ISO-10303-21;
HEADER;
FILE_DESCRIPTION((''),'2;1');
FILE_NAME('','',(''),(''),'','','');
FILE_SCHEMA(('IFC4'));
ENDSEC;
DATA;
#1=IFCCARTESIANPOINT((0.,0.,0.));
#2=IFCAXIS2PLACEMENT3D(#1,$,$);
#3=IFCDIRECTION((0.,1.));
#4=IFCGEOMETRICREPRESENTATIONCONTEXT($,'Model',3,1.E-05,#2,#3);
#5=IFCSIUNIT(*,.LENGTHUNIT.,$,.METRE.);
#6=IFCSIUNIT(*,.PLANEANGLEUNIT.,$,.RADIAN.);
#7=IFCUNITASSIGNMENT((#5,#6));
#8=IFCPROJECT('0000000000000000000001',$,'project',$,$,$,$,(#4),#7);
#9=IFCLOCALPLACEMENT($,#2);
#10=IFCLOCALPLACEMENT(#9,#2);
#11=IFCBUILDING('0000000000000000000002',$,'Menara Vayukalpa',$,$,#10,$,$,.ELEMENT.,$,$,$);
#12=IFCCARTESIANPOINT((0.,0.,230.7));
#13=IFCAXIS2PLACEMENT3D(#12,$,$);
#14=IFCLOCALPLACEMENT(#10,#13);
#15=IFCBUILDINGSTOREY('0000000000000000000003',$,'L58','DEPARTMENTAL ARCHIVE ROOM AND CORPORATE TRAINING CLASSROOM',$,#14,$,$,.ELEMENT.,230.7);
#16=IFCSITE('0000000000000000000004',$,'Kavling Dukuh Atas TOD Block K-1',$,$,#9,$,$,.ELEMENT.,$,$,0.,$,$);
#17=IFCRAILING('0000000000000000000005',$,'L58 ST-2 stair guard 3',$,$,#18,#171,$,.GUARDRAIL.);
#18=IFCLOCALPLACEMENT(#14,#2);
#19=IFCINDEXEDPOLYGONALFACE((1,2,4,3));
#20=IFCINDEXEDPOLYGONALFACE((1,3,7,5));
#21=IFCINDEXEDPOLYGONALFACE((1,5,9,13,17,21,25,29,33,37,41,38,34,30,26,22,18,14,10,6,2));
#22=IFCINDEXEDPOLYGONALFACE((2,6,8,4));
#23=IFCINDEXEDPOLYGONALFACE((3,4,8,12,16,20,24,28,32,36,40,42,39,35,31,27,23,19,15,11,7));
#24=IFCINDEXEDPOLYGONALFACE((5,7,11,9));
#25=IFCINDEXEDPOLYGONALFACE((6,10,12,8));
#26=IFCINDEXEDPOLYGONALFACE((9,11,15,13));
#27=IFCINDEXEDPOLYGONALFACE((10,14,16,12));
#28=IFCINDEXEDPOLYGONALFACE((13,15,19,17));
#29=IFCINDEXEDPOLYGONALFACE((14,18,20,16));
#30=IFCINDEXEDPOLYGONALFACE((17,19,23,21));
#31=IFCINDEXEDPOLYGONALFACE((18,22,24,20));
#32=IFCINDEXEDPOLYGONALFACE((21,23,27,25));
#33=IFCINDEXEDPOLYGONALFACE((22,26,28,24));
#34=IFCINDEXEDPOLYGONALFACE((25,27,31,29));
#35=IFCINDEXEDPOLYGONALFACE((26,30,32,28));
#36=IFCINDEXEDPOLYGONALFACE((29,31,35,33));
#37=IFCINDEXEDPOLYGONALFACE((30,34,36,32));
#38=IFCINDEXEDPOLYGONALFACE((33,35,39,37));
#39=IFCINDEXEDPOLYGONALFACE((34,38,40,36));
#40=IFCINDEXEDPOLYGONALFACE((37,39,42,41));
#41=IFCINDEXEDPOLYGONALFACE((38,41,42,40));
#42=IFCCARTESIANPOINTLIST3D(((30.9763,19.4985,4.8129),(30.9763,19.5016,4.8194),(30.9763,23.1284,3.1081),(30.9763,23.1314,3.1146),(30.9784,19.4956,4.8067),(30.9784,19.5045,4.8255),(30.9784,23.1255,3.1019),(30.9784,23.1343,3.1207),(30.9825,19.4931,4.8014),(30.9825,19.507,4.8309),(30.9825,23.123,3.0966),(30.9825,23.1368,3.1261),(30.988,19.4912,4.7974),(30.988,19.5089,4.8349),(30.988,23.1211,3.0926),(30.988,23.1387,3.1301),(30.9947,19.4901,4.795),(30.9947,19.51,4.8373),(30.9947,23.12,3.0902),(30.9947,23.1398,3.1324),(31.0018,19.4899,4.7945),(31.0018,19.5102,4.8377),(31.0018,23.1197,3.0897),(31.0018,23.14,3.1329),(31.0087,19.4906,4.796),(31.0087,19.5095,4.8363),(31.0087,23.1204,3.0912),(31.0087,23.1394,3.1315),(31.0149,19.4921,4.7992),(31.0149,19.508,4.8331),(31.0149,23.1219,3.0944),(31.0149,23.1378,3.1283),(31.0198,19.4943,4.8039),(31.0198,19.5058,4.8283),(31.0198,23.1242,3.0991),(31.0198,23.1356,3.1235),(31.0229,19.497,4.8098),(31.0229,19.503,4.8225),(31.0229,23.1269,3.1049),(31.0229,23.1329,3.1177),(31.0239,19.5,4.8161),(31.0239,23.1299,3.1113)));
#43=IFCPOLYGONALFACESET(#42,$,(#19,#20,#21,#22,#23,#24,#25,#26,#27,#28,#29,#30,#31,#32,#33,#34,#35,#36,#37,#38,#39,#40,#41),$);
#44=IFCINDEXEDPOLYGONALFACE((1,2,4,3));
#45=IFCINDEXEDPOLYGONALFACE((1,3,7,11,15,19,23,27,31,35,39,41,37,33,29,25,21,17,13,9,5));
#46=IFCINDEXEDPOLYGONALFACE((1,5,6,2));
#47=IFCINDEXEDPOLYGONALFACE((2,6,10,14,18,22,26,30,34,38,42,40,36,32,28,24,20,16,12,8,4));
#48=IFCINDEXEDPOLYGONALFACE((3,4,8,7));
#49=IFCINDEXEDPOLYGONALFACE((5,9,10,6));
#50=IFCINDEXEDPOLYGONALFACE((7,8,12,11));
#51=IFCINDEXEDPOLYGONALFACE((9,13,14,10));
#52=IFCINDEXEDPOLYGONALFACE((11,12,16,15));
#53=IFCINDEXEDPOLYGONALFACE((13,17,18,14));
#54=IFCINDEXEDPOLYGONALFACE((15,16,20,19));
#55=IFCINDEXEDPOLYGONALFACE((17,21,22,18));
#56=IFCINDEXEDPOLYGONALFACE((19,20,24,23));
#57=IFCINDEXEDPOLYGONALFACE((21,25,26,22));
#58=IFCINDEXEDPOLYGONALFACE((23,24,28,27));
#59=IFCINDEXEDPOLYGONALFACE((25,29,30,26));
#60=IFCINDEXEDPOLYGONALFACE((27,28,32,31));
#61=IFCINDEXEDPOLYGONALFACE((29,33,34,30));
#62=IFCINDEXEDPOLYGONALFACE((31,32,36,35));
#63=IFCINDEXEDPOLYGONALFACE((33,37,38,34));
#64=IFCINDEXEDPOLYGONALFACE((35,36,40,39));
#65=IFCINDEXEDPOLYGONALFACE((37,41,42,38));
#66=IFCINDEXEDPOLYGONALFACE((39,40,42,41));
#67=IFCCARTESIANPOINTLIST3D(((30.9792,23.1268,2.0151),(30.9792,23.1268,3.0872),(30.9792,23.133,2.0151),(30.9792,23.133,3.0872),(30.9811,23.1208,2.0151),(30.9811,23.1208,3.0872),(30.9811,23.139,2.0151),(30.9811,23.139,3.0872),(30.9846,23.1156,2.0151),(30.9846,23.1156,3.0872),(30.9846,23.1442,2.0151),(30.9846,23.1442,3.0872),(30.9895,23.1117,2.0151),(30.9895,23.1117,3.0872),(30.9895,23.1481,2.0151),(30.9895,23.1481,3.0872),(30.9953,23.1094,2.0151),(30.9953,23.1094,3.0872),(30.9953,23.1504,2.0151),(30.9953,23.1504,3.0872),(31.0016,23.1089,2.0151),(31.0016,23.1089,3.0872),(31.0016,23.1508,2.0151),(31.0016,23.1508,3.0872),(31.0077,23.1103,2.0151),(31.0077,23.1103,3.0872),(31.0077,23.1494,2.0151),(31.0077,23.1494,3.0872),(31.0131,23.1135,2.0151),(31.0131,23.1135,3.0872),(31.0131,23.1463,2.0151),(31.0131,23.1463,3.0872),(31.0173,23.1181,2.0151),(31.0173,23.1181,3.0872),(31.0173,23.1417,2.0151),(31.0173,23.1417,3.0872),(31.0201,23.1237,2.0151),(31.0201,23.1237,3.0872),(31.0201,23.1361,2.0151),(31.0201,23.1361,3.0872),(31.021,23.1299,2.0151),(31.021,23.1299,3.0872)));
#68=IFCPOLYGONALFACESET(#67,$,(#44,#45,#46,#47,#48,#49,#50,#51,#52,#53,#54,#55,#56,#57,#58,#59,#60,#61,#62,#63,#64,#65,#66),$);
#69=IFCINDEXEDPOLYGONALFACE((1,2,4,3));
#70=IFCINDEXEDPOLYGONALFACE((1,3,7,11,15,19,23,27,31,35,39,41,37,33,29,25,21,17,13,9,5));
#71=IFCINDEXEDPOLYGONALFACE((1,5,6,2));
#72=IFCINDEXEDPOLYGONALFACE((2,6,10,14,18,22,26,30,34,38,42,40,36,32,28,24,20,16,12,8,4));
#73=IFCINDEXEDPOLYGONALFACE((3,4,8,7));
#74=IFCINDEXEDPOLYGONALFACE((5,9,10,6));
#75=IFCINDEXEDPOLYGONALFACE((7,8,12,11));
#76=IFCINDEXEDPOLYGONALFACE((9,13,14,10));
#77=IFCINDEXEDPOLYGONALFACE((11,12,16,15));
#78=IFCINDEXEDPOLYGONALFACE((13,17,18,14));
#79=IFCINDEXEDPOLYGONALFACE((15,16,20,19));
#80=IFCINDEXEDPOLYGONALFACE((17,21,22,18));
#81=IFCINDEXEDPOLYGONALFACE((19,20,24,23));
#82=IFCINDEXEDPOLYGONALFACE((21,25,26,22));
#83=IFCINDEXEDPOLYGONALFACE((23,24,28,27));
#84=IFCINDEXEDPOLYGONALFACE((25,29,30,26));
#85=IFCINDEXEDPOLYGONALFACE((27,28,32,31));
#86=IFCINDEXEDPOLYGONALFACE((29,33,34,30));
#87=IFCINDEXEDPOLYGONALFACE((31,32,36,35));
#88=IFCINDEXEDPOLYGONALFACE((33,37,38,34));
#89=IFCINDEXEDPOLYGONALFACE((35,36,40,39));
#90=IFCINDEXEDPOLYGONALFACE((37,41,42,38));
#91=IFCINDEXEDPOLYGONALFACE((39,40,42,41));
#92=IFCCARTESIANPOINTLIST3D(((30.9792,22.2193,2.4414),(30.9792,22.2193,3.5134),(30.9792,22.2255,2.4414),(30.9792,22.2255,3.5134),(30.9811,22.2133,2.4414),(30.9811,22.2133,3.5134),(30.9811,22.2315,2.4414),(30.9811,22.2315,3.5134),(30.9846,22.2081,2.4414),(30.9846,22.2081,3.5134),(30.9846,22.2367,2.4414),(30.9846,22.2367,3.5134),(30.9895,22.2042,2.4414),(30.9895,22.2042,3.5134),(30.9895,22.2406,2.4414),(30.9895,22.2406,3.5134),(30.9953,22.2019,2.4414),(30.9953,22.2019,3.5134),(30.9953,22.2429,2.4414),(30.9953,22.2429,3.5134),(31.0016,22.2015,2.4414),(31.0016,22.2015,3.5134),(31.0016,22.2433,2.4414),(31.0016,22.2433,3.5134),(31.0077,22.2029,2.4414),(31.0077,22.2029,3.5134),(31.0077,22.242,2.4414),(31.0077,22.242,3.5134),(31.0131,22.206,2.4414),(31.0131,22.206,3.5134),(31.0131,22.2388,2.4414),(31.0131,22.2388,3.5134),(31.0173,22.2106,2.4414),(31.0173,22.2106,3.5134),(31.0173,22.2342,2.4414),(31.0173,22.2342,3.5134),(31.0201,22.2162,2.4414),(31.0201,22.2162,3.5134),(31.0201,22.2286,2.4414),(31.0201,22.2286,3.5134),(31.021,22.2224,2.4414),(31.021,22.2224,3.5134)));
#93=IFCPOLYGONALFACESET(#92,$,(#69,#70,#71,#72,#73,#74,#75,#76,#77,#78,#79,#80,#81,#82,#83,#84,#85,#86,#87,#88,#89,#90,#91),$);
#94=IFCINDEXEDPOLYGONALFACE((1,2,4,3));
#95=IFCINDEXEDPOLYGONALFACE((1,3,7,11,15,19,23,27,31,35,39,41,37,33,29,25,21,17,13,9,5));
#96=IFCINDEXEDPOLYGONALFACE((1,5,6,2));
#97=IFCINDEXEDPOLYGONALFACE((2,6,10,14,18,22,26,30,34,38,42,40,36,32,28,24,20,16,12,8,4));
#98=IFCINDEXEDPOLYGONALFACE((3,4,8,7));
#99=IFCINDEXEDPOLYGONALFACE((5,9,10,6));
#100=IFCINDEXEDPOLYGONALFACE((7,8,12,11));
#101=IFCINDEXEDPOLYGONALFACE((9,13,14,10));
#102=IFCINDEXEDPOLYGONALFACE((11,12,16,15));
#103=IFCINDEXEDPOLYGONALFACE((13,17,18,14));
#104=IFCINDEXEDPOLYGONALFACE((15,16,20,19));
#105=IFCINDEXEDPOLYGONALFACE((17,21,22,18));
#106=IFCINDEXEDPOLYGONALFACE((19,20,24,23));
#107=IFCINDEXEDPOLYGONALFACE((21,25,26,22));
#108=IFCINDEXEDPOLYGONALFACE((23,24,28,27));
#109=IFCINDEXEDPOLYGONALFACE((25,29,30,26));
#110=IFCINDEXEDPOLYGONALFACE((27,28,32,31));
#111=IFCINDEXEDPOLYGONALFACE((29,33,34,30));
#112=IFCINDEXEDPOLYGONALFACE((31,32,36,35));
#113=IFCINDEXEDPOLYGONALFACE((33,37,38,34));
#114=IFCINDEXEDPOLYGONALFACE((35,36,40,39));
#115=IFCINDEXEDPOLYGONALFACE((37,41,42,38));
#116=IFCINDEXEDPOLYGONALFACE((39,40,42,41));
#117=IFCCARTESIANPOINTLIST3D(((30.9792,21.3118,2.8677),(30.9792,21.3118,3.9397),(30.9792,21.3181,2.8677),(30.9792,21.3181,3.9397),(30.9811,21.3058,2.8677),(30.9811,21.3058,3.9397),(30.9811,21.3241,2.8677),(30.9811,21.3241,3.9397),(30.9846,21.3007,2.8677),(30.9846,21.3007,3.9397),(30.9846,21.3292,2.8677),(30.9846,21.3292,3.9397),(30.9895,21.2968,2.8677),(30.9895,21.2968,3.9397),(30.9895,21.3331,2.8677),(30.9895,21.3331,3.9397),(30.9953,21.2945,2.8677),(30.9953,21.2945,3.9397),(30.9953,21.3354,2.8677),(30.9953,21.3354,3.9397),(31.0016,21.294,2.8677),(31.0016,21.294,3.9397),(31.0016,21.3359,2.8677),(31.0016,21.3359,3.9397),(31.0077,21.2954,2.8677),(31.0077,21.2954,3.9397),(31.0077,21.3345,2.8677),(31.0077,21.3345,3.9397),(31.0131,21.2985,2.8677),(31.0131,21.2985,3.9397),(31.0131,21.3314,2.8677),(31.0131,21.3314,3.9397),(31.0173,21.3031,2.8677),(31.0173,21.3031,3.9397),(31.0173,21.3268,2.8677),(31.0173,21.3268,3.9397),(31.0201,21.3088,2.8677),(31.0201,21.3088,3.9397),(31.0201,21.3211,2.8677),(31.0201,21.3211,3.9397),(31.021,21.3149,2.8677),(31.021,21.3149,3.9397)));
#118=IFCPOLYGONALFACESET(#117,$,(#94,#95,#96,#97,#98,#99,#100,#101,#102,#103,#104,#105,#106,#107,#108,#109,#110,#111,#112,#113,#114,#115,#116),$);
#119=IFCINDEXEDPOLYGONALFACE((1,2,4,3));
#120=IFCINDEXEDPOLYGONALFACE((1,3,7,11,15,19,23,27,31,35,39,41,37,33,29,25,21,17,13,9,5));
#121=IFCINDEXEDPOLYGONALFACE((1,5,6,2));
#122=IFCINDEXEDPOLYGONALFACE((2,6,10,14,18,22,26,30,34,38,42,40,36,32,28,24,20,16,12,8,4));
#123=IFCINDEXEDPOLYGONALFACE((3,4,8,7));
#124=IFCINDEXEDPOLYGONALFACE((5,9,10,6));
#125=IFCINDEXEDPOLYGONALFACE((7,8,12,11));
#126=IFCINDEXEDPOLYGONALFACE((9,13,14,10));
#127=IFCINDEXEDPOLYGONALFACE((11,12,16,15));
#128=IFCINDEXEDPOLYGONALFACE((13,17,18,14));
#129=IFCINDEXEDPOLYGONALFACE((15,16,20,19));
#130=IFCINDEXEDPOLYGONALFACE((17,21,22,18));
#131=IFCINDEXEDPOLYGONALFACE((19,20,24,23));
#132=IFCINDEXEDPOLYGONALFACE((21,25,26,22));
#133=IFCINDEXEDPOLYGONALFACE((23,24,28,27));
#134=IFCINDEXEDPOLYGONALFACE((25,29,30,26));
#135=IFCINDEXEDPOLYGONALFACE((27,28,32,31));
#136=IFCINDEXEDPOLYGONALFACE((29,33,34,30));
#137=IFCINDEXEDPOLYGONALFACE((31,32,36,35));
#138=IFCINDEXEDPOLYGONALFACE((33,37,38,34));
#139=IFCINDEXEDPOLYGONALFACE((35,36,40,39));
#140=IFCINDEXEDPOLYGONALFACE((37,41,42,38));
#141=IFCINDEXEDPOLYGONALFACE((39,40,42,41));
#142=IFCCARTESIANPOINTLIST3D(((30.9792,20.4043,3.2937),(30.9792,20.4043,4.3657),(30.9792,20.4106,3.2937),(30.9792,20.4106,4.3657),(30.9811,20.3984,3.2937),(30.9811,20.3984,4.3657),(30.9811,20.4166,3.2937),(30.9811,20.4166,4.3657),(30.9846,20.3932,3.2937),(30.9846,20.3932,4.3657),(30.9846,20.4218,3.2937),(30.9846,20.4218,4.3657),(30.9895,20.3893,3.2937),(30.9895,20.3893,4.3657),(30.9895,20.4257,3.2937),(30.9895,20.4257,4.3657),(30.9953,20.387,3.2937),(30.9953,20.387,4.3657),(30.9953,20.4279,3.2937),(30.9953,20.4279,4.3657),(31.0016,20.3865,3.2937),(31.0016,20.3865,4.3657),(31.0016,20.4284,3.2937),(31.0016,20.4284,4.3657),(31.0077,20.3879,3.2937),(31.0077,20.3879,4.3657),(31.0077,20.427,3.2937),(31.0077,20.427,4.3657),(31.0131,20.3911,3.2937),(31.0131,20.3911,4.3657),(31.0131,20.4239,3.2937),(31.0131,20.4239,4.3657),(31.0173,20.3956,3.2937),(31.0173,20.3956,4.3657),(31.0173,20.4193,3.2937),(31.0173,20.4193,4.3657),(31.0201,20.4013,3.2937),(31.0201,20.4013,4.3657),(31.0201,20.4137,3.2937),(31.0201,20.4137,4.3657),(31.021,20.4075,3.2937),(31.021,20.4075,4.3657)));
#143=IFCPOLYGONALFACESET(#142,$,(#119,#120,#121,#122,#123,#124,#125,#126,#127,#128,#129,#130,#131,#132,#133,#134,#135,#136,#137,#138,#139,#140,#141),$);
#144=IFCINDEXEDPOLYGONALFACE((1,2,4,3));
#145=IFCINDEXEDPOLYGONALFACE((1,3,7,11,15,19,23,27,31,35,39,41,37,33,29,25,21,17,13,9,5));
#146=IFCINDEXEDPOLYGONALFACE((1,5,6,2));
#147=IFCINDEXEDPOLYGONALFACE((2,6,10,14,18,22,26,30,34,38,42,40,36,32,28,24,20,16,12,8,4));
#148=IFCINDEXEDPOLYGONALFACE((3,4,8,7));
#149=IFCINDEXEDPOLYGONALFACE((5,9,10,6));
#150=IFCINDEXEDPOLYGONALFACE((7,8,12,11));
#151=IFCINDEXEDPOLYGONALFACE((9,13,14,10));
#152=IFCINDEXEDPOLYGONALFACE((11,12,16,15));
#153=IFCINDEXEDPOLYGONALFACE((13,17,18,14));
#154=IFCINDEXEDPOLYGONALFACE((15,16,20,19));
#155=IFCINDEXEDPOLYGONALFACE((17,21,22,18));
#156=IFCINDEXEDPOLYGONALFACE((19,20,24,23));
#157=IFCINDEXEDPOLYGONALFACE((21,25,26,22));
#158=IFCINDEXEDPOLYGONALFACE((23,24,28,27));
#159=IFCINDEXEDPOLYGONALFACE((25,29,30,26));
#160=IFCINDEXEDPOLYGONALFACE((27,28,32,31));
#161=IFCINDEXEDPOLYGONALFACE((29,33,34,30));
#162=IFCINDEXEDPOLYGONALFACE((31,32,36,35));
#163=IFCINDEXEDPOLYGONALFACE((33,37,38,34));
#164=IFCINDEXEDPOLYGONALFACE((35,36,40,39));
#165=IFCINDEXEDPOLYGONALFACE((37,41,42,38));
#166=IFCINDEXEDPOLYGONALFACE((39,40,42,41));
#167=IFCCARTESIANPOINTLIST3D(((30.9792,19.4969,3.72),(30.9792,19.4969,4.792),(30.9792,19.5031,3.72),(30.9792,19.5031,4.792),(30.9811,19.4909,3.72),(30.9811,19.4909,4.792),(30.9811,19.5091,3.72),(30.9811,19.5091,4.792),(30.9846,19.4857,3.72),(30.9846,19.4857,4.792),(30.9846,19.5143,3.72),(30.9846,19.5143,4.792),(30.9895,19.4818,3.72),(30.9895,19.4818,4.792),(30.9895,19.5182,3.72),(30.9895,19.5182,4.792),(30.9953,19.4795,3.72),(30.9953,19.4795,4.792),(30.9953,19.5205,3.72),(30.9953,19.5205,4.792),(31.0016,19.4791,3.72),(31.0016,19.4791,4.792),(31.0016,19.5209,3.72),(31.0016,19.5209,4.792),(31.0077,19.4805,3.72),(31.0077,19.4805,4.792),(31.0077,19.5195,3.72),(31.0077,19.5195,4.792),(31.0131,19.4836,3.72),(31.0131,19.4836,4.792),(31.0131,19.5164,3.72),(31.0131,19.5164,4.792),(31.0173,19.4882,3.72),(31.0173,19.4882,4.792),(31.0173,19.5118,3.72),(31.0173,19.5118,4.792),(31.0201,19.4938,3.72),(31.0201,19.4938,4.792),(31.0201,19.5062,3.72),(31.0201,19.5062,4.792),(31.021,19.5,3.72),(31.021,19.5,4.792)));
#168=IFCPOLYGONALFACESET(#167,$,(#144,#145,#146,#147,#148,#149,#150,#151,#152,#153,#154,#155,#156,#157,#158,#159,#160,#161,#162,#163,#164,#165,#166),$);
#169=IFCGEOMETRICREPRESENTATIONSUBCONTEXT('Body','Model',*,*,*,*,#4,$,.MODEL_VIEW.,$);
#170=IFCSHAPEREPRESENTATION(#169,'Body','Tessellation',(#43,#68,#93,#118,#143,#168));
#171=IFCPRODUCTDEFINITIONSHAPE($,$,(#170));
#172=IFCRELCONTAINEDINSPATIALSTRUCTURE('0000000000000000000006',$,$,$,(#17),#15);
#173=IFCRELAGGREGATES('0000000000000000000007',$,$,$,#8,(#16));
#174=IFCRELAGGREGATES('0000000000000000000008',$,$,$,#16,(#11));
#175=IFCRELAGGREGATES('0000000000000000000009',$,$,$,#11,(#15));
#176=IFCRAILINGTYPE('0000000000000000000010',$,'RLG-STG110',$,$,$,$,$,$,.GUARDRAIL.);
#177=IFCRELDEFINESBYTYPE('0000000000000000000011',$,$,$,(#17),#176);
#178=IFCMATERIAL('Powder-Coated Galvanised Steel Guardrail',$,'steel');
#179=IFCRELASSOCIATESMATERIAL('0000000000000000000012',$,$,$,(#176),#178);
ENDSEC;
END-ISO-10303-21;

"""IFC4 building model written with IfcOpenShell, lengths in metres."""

from ifc_helpers import new_model, si_unit, direction, frame, origin, origin_2d, place, context, subcontext, project, spatial, circle, extrude, material, type_object, element, save


model = new_model("IFC4")

# Units and contexts
model_context = context("Model", 3, precision=1e-05, world=origin(), true_north=direction((0.0, 1.0)))
body_context = subcontext(model_context, "Body", "Model", "MODEL_VIEW")
ifc_project = project(units=[si_unit("LENGTHUNIT", "METRE"), si_unit("PLANEANGLEUNIT", "RADIAN")], contexts=[model_context])

# Site, building, storey
site_placement = place(None, origin())
site = spatial("IfcSite", under=ifc_project, at=site_placement, Name="Kavling Dukuh Atas TOD Block K-1", CompositionType="ELEMENT", RefElevation=0.0)
building_placement = place(site_placement, origin())
building = spatial("IfcBuilding", under=site, at=building_placement, Name="Menara Vayukalpa", CompositionType="ELEMENT")
storey_placement = place(building_placement, frame((0.0, 0.0, 230.7)))
storey = spatial("IfcBuildingStorey", under=building, at=storey_placement, Name="L58", Description="DEPARTMENTAL ARCHIVE ROOM AND CORPORATE TRAINING CLASSROOM", CompositionType="ELEMENT", Elevation=230.7)

# Railing
ifc_material_1 = material(Name="Powder-Coated Galvanised Steel Guardrail", Category="steel")
railing_type = type_object("IfcRailingType", Name="RLG-STG110", PredefinedType="GUARDRAIL", material=ifc_material_1)
railing_1_placement = place(storey_placement, frame((31.0, 23.1299, 2.0151)))
element("IfcRailing", 1, at=railing_1_placement, inside=storey, type_object=railing_type, Name="L58 ST-2 stair guard 3", PredefinedType="GUARDRAIL", context=body_context, shape_type="SweptSolid", body=[
    extrude(circle(Radius=0.0239, at=origin_2d()), frame((0.0, 0.0, 1.0962), z_axis=(0.0, -0.90514, 0.425114), x_axis=(1.0, 0.0, 0.0)), (0.0, 0.0, 1.0), 4.0103),
    extrude(circle(Radius=0.021, at=origin_2d()), origin(), (0.0, 0.0, 1.0), 1.072),
    extrude(circle(Radius=0.021, at=origin_2d()), frame((0.0, -0.9075, 0.4263)), (0.0, 0.0, 1.0), 1.072),
    extrude(circle(Radius=0.021, at=origin_2d()), frame((0.0, -1.8149, 0.8525)), (0.0, 0.0, 1.0), 1.072),
    extrude(circle(Radius=0.021, at=origin_2d()), frame((0.0, -2.7224, 1.2786)), (0.0, 0.0, 1.0), 1.072),
    extrude(circle(Radius=0.021, at=origin_2d()), frame((0.0, -3.6299, 1.7048)), (0.0, 0.0, 1.0), 1.072),
])

save(model, "model.ifc")
